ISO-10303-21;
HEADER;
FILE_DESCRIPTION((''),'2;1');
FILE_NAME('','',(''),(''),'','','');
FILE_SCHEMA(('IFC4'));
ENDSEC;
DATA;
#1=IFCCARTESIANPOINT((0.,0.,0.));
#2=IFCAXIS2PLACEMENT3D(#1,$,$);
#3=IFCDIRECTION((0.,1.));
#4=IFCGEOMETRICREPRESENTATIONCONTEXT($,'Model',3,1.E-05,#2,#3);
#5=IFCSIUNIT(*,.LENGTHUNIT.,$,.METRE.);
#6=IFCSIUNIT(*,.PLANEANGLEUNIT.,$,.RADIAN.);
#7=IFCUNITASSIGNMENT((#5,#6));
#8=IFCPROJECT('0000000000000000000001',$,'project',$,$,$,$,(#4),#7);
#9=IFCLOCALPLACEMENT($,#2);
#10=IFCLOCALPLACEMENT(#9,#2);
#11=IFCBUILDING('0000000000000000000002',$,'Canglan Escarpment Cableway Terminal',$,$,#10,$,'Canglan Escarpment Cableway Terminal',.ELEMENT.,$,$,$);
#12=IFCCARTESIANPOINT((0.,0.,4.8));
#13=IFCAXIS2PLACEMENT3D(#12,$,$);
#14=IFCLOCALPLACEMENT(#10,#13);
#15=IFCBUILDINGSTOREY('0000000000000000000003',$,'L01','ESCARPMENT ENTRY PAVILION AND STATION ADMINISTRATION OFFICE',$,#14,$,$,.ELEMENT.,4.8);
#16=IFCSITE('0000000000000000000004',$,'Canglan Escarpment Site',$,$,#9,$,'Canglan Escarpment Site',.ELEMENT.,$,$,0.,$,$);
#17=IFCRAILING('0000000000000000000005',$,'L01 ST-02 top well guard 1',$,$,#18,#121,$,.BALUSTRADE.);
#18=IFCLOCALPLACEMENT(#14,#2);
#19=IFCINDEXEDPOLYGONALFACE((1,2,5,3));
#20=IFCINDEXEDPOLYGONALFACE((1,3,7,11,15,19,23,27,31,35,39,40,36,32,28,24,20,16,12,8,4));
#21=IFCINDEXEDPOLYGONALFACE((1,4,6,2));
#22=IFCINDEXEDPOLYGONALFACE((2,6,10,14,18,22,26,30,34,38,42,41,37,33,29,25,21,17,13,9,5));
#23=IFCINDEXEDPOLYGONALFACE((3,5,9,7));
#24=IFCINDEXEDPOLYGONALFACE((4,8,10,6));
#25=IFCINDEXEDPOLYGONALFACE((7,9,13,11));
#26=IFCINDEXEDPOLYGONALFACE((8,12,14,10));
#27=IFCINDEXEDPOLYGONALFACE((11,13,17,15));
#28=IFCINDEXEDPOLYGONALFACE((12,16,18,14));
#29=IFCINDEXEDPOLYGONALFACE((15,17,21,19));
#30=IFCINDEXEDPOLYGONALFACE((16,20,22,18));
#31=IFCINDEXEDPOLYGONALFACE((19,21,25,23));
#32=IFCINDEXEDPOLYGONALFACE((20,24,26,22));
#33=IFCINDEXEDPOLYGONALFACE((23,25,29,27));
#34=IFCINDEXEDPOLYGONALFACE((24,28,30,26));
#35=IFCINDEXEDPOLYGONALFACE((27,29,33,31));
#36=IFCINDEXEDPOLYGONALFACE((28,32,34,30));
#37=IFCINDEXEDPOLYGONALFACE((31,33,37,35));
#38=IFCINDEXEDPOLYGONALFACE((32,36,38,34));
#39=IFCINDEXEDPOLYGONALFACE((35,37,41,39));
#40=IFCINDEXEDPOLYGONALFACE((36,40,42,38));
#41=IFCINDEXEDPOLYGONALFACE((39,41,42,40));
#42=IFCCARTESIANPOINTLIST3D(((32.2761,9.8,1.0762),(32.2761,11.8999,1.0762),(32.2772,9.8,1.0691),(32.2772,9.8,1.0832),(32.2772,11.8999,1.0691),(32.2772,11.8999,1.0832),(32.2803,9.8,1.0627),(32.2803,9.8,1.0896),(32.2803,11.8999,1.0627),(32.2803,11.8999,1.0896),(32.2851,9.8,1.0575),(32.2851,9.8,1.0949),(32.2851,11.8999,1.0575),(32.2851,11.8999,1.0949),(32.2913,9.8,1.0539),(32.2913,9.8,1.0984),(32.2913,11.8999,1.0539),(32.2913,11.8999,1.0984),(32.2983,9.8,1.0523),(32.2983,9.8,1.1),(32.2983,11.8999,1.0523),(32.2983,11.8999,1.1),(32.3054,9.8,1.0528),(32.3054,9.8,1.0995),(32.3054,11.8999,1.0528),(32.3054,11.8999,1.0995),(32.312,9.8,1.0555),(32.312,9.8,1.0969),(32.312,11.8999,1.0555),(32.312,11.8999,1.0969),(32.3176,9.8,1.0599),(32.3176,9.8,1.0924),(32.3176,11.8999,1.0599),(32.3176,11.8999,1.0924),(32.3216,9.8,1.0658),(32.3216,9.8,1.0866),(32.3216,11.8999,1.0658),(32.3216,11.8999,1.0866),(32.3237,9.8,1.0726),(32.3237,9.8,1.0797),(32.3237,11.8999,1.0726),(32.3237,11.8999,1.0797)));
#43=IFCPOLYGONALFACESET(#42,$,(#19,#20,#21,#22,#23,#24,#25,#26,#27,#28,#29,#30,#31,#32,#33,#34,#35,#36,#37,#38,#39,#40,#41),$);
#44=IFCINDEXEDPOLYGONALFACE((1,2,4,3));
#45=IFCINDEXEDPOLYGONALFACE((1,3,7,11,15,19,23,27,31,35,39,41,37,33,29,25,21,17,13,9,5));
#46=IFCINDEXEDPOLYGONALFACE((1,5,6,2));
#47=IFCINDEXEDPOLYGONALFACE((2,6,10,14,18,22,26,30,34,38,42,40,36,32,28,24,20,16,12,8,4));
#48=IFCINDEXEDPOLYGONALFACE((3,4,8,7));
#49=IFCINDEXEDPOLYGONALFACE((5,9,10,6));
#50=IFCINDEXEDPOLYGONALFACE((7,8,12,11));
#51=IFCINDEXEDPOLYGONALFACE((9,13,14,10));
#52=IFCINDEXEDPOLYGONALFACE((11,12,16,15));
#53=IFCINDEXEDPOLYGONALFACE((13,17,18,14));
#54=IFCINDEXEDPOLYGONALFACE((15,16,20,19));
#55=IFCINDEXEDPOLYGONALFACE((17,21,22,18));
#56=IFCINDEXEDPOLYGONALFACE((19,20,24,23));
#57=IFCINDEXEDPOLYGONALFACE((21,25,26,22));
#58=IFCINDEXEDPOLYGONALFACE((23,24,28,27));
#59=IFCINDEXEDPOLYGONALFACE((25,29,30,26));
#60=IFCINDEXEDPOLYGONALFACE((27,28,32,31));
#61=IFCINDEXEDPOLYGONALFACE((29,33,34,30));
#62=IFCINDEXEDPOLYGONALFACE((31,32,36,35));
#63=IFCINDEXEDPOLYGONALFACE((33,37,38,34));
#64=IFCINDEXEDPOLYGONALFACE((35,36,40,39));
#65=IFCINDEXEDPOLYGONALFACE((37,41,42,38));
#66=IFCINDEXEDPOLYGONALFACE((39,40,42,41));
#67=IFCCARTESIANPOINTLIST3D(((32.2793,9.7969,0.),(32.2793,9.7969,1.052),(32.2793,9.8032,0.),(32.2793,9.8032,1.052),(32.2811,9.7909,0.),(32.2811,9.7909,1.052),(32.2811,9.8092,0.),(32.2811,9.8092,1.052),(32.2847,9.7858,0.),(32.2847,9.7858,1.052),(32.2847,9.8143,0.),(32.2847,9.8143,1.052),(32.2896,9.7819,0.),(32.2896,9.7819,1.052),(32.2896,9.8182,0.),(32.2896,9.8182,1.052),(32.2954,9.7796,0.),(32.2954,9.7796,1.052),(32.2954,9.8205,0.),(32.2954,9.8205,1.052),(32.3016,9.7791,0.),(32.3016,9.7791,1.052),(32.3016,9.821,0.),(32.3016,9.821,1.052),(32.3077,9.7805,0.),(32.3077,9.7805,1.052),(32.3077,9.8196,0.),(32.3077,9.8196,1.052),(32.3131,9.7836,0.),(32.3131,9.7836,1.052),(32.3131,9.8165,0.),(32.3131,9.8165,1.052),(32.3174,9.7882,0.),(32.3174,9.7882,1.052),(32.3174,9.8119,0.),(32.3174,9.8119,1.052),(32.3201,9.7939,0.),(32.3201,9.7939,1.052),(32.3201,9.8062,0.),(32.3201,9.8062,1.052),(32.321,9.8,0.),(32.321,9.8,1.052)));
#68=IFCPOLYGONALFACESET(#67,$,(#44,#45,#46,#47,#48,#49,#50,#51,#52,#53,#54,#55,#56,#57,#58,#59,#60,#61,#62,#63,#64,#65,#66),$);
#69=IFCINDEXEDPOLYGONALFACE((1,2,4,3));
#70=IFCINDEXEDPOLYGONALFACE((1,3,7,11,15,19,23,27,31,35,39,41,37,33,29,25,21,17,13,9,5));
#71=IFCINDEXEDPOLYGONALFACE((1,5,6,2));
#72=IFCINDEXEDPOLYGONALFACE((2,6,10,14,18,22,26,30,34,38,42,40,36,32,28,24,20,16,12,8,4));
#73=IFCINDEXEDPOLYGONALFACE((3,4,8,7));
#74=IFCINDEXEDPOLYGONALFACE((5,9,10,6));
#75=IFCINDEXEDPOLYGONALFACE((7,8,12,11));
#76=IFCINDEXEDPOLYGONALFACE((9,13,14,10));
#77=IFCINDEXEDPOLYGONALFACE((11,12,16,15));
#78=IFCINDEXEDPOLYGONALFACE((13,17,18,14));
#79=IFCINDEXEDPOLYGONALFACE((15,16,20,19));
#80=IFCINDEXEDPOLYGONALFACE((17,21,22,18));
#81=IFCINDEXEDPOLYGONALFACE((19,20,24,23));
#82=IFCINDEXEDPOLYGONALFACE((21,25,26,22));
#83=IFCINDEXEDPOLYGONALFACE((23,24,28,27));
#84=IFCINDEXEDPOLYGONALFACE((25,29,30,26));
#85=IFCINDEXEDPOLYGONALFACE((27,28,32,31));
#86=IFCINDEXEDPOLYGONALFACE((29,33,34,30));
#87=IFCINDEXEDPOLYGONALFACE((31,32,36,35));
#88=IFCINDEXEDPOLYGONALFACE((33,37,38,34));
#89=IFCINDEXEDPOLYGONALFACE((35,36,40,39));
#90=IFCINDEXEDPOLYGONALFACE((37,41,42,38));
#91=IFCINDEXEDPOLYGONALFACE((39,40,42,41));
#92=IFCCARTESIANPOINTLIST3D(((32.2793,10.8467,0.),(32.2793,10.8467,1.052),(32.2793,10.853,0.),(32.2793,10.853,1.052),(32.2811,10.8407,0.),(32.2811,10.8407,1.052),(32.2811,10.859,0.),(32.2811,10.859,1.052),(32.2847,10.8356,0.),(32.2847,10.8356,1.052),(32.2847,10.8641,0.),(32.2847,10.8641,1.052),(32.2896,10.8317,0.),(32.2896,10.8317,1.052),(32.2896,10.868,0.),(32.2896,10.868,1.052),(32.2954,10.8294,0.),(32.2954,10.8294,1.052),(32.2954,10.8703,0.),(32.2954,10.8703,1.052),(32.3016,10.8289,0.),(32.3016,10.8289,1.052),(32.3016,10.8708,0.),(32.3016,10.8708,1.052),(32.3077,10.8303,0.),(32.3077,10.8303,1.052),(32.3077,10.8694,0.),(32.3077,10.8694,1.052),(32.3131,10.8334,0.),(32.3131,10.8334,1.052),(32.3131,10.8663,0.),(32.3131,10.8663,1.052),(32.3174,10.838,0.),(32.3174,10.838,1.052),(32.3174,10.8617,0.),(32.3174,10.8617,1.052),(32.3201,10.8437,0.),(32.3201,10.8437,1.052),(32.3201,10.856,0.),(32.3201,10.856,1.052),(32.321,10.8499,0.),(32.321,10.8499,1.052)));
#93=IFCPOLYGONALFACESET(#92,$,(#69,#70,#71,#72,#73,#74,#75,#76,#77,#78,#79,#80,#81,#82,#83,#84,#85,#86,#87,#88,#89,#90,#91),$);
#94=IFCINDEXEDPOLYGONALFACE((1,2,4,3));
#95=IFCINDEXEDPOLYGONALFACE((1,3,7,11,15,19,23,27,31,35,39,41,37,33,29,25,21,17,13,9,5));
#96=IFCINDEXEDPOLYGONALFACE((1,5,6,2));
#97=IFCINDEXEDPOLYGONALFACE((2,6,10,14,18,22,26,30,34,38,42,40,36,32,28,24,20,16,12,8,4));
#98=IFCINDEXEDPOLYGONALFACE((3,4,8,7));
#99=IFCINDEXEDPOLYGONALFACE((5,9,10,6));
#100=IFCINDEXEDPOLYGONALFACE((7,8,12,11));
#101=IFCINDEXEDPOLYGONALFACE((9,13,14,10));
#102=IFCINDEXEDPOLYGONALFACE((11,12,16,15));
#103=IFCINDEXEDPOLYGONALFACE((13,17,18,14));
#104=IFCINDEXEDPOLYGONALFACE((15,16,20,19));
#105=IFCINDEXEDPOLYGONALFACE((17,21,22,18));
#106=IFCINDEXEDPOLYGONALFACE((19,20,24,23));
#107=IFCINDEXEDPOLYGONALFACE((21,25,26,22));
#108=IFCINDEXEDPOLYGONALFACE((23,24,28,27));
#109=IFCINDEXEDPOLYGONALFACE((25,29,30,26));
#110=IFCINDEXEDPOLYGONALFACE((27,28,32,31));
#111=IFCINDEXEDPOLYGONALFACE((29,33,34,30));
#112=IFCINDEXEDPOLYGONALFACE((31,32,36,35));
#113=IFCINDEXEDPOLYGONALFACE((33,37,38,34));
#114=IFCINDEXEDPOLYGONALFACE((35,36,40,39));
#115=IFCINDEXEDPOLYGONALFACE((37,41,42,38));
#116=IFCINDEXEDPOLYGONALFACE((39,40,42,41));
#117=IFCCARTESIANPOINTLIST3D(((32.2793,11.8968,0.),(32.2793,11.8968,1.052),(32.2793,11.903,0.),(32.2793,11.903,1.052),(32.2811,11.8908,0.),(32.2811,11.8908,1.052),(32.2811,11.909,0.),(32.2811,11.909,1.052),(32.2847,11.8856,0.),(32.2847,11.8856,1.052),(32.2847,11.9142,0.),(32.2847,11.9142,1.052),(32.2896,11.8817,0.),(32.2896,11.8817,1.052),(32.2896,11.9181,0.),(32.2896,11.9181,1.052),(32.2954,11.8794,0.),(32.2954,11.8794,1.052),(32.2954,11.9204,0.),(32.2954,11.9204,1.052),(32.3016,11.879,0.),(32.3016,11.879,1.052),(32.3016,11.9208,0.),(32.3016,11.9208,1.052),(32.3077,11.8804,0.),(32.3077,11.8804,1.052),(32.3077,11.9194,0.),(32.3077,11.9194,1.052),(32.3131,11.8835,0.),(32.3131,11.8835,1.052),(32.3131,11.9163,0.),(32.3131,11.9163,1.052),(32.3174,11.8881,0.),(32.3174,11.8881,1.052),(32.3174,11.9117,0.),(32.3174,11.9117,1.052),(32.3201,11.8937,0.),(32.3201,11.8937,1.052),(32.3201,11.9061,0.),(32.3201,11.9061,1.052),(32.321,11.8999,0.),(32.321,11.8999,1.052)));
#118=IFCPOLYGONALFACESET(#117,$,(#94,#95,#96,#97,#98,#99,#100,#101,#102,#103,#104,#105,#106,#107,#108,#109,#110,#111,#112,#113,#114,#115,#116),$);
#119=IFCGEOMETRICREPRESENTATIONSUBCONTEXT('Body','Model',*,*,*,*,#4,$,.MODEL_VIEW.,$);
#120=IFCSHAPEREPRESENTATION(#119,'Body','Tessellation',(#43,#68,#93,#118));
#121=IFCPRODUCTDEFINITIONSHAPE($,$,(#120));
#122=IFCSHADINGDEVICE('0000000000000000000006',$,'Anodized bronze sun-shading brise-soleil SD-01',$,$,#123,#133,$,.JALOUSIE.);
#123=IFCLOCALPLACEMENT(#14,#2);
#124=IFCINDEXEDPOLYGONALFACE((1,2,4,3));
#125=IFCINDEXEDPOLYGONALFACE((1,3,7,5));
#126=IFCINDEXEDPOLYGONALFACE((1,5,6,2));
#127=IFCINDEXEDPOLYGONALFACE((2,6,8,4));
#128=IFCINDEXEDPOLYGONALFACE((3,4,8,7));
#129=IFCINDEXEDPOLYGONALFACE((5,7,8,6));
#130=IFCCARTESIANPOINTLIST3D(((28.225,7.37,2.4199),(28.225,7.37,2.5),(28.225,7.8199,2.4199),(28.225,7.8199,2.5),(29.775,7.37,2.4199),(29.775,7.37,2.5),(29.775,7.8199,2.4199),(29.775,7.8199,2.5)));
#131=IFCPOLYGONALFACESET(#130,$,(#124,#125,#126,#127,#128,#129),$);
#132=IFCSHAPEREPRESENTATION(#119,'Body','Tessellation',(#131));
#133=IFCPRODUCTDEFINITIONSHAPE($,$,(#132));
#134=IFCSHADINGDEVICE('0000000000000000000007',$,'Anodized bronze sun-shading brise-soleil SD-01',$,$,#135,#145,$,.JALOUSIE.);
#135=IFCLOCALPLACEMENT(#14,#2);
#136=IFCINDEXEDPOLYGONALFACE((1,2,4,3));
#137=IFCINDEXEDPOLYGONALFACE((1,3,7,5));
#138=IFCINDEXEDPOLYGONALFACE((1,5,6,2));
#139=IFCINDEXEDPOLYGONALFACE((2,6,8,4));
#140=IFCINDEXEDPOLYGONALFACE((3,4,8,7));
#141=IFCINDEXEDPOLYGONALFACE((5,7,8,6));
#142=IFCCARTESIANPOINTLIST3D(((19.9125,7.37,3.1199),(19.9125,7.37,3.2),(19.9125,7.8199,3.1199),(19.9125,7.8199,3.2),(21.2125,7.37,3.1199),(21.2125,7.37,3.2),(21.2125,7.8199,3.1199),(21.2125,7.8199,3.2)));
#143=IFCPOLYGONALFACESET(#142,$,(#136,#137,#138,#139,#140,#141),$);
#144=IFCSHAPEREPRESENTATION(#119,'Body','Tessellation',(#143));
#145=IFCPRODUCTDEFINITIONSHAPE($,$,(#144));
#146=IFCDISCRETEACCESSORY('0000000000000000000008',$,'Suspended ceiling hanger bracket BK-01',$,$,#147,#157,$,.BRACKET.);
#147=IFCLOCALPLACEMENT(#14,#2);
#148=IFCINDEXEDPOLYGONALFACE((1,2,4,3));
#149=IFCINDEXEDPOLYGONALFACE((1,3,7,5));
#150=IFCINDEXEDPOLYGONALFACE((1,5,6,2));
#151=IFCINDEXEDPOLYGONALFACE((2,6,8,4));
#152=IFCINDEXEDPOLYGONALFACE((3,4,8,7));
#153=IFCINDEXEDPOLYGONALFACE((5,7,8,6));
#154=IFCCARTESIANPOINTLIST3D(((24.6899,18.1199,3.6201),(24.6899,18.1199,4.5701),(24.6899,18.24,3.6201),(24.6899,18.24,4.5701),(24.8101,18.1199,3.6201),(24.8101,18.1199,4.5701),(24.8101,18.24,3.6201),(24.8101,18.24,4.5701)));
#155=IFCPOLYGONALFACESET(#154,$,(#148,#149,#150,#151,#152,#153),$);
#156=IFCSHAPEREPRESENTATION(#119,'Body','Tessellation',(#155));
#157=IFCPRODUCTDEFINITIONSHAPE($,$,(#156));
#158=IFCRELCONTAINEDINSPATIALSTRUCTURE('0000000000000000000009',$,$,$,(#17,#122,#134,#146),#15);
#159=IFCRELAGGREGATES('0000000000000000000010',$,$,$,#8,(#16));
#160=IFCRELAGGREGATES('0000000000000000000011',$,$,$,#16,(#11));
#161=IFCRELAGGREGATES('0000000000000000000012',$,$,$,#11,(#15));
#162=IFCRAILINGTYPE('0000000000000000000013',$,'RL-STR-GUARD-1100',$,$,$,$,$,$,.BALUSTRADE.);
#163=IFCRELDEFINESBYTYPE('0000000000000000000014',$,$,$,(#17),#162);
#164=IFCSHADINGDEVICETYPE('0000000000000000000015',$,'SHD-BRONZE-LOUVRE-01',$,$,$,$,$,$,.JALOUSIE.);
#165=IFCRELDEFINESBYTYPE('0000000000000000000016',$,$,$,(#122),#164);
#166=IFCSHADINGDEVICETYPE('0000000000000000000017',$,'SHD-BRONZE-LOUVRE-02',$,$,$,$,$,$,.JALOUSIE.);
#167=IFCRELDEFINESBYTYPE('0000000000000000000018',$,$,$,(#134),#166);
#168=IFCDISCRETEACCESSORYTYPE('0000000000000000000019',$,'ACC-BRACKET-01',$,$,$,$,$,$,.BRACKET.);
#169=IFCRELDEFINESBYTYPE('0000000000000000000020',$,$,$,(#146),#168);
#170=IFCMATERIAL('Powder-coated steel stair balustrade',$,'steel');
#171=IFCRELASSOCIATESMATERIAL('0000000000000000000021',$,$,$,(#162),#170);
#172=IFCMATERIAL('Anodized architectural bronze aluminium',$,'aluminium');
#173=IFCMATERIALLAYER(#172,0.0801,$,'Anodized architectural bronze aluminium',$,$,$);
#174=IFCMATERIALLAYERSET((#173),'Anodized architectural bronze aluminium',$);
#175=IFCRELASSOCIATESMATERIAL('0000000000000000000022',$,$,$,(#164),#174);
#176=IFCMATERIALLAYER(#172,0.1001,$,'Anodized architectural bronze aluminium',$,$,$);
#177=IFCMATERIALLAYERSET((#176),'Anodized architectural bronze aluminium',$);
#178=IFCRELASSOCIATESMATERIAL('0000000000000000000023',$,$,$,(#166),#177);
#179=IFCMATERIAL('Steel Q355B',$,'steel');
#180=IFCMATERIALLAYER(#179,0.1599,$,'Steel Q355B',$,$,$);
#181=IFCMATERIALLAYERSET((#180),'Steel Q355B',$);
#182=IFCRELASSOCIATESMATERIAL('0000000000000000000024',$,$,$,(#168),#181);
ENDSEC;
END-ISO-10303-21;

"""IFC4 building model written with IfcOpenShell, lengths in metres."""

from ifc_helpers import new_model, si_unit, direction, frame, origin, origin_2d, place, context, subcontext, project, spatial, rectangle, circle, extrude, material, layer, layer_set, type_object, element, save


model = new_model("IFC4")

# Units and contexts
model_context = context("Model", 3, precision=1e-05, world=origin(), true_north=direction((0.0, 1.0)))
body_context = subcontext(model_context, "Body", "Model", "MODEL_VIEW")
ifc_project = project(units=[si_unit("LENGTHUNIT", "METRE"), si_unit("PLANEANGLEUNIT", "RADIAN")], contexts=[model_context])

# Site, building, storey
site_placement = place(None, origin())
site = spatial("IfcSite", under=ifc_project, at=site_placement, Name="Canglan Escarpment Site", LongName="Canglan Escarpment Site", CompositionType="ELEMENT", RefElevation=0.0)
building_placement = place(site_placement, origin())
building = spatial("IfcBuilding", under=site, at=building_placement, Name="Canglan Escarpment Cableway Terminal", LongName="Canglan Escarpment Cableway Terminal", CompositionType="ELEMENT")
storey_placement = place(building_placement, frame((0.0, 0.0, 4.8)))
storey = spatial("IfcBuildingStorey", under=building, at=storey_placement, Name="L01", Description="ESCARPMENT ENTRY PAVILION AND STATION ADMINISTRATION OFFICE", CompositionType="ELEMENT", Elevation=4.8)

# Shared definitions
ifc_material_1 = material(Name="Steel Q355B", Category="steel")

# Railing
ifc_material_2 = material(Name="Powder-coated steel stair balustrade", Category="steel")
railing_type_1 = type_object("IfcRailingType", Name="RL-STR-GUARD-1100", PredefinedType="BALUSTRADE", material=ifc_material_2)
for number, where, name in (
    (1, (32.3, 9.8, 0.0), "L01 ST-02 top well guard 1"),
):
    element("IfcRailing", number, at=place(storey_placement, frame(where)), inside=storey, type_object=railing_type_1, Name=name, PredefinedType="BALUSTRADE", context=body_context, shape_type="SweptSolid", body=[
        extrude(circle(Radius=0.0239, at=origin_2d()), frame((0.0, 0.0, 1.0762), z_axis=(0.0, 1.0, 0.0), x_axis=(-1.0, 0.0, 0.0)), (0.0, 0.0, 1.0), 2.0999),
        extrude(circle(Radius=0.021, at=origin_2d()), origin(), (0.0, 0.0, 1.0), 1.052),
        extrude(circle(Radius=0.021, at=origin_2d()), frame((0.0, 1.0498, 0.0)), (0.0, 0.0, 1.0), 1.052),
        extrude(circle(Radius=0.021, at=origin_2d()), frame((0.0, 2.0999, 0.0)), (0.0, 0.0, 1.0), 1.052),
    ])

# Shading devices
ifc_material_3 = material(Name="Anodized architectural bronze aluminium", Category="aluminium")
ifc_layer_1 = layer(ifc_material_3, 0.0801, Name="Anodized architectural bronze aluminium")
ifc_layer_set_1 = layer_set([ifc_layer_1], Name="Anodized architectural bronze aluminium")
shading_device_type_1 = type_object("IfcShadingDeviceType", Name="SHD-BRONZE-LOUVRE-01", PredefinedType="JALOUSIE", material=ifc_layer_set_1)
shading_device_1_placement = place(storey_placement, frame((29.0, 7.595, 2.4199), z_axis=(0.0, 0.0, 1.0), x_axis=(1.0, 0.0, 0.0)))
element("IfcShadingDevice", 2, at=shading_device_1_placement, inside=storey, type_object=shading_device_type_1, Name="Anodized bronze sun-shading brise-soleil SD-01", PredefinedType="JALOUSIE", context=body_context, shape_type="SweptSolid", body=[
    extrude(rectangle(XDim=1.55, YDim=0.45, at=origin_2d()), origin(), (0.0, 0.0, 1.0), 0.0801),
])
ifc_layer_2 = layer(ifc_material_3, 0.1001, Name="Anodized architectural bronze aluminium")
ifc_layer_set_2 = layer_set([ifc_layer_2], Name="Anodized architectural bronze aluminium")
shading_device_type_2 = type_object("IfcShadingDeviceType", Name="SHD-BRONZE-LOUVRE-02", PredefinedType="JALOUSIE", material=ifc_layer_set_2)
shading_device_2_placement = place(storey_placement, frame((20.5625, 7.595, 3.1199), z_axis=(0.0, 0.0, 1.0), x_axis=(1.0, 0.0, 0.0)))
element("IfcShadingDevice", 3, at=shading_device_2_placement, inside=storey, type_object=shading_device_type_2, Name="Anodized bronze sun-shading brise-soleil SD-01", PredefinedType="JALOUSIE", context=body_context, shape_type="SweptSolid", body=[
    extrude(rectangle(XDim=1.3, YDim=0.45, at=origin_2d()), origin(), (0.0, 0.0, 1.0), 0.0801),
])

# Discrete accessory
ifc_layer_3 = layer(ifc_material_1, 0.1599, Name="Steel Q355B")
ifc_layer_set_3 = layer_set([ifc_layer_3], Name="Steel Q355B")
discrete_accessory_type = type_object("IfcDiscreteAccessoryType", Name="ACC-BRACKET-01", PredefinedType="BRACKET", material=ifc_layer_set_3)
discrete_accessory_placement = place(storey_placement, frame((24.75, 18.1799, 3.6201), z_axis=(0.0, 0.0, 1.0), x_axis=(1.0, 0.0, 0.0)))
element("IfcDiscreteAccessory", 4, at=discrete_accessory_placement, inside=storey, type_object=discrete_accessory_type, Name="Suspended ceiling hanger bracket BK-01", PredefinedType="BRACKET", context=body_context, shape_type="SweptSolid", body=[
    extrude(rectangle(XDim=0.1201, YDim=0.1201, at=origin_2d()), origin(), (0.0, 0.0, 1.0), 0.95),
])

save(model, "model.ifc")
